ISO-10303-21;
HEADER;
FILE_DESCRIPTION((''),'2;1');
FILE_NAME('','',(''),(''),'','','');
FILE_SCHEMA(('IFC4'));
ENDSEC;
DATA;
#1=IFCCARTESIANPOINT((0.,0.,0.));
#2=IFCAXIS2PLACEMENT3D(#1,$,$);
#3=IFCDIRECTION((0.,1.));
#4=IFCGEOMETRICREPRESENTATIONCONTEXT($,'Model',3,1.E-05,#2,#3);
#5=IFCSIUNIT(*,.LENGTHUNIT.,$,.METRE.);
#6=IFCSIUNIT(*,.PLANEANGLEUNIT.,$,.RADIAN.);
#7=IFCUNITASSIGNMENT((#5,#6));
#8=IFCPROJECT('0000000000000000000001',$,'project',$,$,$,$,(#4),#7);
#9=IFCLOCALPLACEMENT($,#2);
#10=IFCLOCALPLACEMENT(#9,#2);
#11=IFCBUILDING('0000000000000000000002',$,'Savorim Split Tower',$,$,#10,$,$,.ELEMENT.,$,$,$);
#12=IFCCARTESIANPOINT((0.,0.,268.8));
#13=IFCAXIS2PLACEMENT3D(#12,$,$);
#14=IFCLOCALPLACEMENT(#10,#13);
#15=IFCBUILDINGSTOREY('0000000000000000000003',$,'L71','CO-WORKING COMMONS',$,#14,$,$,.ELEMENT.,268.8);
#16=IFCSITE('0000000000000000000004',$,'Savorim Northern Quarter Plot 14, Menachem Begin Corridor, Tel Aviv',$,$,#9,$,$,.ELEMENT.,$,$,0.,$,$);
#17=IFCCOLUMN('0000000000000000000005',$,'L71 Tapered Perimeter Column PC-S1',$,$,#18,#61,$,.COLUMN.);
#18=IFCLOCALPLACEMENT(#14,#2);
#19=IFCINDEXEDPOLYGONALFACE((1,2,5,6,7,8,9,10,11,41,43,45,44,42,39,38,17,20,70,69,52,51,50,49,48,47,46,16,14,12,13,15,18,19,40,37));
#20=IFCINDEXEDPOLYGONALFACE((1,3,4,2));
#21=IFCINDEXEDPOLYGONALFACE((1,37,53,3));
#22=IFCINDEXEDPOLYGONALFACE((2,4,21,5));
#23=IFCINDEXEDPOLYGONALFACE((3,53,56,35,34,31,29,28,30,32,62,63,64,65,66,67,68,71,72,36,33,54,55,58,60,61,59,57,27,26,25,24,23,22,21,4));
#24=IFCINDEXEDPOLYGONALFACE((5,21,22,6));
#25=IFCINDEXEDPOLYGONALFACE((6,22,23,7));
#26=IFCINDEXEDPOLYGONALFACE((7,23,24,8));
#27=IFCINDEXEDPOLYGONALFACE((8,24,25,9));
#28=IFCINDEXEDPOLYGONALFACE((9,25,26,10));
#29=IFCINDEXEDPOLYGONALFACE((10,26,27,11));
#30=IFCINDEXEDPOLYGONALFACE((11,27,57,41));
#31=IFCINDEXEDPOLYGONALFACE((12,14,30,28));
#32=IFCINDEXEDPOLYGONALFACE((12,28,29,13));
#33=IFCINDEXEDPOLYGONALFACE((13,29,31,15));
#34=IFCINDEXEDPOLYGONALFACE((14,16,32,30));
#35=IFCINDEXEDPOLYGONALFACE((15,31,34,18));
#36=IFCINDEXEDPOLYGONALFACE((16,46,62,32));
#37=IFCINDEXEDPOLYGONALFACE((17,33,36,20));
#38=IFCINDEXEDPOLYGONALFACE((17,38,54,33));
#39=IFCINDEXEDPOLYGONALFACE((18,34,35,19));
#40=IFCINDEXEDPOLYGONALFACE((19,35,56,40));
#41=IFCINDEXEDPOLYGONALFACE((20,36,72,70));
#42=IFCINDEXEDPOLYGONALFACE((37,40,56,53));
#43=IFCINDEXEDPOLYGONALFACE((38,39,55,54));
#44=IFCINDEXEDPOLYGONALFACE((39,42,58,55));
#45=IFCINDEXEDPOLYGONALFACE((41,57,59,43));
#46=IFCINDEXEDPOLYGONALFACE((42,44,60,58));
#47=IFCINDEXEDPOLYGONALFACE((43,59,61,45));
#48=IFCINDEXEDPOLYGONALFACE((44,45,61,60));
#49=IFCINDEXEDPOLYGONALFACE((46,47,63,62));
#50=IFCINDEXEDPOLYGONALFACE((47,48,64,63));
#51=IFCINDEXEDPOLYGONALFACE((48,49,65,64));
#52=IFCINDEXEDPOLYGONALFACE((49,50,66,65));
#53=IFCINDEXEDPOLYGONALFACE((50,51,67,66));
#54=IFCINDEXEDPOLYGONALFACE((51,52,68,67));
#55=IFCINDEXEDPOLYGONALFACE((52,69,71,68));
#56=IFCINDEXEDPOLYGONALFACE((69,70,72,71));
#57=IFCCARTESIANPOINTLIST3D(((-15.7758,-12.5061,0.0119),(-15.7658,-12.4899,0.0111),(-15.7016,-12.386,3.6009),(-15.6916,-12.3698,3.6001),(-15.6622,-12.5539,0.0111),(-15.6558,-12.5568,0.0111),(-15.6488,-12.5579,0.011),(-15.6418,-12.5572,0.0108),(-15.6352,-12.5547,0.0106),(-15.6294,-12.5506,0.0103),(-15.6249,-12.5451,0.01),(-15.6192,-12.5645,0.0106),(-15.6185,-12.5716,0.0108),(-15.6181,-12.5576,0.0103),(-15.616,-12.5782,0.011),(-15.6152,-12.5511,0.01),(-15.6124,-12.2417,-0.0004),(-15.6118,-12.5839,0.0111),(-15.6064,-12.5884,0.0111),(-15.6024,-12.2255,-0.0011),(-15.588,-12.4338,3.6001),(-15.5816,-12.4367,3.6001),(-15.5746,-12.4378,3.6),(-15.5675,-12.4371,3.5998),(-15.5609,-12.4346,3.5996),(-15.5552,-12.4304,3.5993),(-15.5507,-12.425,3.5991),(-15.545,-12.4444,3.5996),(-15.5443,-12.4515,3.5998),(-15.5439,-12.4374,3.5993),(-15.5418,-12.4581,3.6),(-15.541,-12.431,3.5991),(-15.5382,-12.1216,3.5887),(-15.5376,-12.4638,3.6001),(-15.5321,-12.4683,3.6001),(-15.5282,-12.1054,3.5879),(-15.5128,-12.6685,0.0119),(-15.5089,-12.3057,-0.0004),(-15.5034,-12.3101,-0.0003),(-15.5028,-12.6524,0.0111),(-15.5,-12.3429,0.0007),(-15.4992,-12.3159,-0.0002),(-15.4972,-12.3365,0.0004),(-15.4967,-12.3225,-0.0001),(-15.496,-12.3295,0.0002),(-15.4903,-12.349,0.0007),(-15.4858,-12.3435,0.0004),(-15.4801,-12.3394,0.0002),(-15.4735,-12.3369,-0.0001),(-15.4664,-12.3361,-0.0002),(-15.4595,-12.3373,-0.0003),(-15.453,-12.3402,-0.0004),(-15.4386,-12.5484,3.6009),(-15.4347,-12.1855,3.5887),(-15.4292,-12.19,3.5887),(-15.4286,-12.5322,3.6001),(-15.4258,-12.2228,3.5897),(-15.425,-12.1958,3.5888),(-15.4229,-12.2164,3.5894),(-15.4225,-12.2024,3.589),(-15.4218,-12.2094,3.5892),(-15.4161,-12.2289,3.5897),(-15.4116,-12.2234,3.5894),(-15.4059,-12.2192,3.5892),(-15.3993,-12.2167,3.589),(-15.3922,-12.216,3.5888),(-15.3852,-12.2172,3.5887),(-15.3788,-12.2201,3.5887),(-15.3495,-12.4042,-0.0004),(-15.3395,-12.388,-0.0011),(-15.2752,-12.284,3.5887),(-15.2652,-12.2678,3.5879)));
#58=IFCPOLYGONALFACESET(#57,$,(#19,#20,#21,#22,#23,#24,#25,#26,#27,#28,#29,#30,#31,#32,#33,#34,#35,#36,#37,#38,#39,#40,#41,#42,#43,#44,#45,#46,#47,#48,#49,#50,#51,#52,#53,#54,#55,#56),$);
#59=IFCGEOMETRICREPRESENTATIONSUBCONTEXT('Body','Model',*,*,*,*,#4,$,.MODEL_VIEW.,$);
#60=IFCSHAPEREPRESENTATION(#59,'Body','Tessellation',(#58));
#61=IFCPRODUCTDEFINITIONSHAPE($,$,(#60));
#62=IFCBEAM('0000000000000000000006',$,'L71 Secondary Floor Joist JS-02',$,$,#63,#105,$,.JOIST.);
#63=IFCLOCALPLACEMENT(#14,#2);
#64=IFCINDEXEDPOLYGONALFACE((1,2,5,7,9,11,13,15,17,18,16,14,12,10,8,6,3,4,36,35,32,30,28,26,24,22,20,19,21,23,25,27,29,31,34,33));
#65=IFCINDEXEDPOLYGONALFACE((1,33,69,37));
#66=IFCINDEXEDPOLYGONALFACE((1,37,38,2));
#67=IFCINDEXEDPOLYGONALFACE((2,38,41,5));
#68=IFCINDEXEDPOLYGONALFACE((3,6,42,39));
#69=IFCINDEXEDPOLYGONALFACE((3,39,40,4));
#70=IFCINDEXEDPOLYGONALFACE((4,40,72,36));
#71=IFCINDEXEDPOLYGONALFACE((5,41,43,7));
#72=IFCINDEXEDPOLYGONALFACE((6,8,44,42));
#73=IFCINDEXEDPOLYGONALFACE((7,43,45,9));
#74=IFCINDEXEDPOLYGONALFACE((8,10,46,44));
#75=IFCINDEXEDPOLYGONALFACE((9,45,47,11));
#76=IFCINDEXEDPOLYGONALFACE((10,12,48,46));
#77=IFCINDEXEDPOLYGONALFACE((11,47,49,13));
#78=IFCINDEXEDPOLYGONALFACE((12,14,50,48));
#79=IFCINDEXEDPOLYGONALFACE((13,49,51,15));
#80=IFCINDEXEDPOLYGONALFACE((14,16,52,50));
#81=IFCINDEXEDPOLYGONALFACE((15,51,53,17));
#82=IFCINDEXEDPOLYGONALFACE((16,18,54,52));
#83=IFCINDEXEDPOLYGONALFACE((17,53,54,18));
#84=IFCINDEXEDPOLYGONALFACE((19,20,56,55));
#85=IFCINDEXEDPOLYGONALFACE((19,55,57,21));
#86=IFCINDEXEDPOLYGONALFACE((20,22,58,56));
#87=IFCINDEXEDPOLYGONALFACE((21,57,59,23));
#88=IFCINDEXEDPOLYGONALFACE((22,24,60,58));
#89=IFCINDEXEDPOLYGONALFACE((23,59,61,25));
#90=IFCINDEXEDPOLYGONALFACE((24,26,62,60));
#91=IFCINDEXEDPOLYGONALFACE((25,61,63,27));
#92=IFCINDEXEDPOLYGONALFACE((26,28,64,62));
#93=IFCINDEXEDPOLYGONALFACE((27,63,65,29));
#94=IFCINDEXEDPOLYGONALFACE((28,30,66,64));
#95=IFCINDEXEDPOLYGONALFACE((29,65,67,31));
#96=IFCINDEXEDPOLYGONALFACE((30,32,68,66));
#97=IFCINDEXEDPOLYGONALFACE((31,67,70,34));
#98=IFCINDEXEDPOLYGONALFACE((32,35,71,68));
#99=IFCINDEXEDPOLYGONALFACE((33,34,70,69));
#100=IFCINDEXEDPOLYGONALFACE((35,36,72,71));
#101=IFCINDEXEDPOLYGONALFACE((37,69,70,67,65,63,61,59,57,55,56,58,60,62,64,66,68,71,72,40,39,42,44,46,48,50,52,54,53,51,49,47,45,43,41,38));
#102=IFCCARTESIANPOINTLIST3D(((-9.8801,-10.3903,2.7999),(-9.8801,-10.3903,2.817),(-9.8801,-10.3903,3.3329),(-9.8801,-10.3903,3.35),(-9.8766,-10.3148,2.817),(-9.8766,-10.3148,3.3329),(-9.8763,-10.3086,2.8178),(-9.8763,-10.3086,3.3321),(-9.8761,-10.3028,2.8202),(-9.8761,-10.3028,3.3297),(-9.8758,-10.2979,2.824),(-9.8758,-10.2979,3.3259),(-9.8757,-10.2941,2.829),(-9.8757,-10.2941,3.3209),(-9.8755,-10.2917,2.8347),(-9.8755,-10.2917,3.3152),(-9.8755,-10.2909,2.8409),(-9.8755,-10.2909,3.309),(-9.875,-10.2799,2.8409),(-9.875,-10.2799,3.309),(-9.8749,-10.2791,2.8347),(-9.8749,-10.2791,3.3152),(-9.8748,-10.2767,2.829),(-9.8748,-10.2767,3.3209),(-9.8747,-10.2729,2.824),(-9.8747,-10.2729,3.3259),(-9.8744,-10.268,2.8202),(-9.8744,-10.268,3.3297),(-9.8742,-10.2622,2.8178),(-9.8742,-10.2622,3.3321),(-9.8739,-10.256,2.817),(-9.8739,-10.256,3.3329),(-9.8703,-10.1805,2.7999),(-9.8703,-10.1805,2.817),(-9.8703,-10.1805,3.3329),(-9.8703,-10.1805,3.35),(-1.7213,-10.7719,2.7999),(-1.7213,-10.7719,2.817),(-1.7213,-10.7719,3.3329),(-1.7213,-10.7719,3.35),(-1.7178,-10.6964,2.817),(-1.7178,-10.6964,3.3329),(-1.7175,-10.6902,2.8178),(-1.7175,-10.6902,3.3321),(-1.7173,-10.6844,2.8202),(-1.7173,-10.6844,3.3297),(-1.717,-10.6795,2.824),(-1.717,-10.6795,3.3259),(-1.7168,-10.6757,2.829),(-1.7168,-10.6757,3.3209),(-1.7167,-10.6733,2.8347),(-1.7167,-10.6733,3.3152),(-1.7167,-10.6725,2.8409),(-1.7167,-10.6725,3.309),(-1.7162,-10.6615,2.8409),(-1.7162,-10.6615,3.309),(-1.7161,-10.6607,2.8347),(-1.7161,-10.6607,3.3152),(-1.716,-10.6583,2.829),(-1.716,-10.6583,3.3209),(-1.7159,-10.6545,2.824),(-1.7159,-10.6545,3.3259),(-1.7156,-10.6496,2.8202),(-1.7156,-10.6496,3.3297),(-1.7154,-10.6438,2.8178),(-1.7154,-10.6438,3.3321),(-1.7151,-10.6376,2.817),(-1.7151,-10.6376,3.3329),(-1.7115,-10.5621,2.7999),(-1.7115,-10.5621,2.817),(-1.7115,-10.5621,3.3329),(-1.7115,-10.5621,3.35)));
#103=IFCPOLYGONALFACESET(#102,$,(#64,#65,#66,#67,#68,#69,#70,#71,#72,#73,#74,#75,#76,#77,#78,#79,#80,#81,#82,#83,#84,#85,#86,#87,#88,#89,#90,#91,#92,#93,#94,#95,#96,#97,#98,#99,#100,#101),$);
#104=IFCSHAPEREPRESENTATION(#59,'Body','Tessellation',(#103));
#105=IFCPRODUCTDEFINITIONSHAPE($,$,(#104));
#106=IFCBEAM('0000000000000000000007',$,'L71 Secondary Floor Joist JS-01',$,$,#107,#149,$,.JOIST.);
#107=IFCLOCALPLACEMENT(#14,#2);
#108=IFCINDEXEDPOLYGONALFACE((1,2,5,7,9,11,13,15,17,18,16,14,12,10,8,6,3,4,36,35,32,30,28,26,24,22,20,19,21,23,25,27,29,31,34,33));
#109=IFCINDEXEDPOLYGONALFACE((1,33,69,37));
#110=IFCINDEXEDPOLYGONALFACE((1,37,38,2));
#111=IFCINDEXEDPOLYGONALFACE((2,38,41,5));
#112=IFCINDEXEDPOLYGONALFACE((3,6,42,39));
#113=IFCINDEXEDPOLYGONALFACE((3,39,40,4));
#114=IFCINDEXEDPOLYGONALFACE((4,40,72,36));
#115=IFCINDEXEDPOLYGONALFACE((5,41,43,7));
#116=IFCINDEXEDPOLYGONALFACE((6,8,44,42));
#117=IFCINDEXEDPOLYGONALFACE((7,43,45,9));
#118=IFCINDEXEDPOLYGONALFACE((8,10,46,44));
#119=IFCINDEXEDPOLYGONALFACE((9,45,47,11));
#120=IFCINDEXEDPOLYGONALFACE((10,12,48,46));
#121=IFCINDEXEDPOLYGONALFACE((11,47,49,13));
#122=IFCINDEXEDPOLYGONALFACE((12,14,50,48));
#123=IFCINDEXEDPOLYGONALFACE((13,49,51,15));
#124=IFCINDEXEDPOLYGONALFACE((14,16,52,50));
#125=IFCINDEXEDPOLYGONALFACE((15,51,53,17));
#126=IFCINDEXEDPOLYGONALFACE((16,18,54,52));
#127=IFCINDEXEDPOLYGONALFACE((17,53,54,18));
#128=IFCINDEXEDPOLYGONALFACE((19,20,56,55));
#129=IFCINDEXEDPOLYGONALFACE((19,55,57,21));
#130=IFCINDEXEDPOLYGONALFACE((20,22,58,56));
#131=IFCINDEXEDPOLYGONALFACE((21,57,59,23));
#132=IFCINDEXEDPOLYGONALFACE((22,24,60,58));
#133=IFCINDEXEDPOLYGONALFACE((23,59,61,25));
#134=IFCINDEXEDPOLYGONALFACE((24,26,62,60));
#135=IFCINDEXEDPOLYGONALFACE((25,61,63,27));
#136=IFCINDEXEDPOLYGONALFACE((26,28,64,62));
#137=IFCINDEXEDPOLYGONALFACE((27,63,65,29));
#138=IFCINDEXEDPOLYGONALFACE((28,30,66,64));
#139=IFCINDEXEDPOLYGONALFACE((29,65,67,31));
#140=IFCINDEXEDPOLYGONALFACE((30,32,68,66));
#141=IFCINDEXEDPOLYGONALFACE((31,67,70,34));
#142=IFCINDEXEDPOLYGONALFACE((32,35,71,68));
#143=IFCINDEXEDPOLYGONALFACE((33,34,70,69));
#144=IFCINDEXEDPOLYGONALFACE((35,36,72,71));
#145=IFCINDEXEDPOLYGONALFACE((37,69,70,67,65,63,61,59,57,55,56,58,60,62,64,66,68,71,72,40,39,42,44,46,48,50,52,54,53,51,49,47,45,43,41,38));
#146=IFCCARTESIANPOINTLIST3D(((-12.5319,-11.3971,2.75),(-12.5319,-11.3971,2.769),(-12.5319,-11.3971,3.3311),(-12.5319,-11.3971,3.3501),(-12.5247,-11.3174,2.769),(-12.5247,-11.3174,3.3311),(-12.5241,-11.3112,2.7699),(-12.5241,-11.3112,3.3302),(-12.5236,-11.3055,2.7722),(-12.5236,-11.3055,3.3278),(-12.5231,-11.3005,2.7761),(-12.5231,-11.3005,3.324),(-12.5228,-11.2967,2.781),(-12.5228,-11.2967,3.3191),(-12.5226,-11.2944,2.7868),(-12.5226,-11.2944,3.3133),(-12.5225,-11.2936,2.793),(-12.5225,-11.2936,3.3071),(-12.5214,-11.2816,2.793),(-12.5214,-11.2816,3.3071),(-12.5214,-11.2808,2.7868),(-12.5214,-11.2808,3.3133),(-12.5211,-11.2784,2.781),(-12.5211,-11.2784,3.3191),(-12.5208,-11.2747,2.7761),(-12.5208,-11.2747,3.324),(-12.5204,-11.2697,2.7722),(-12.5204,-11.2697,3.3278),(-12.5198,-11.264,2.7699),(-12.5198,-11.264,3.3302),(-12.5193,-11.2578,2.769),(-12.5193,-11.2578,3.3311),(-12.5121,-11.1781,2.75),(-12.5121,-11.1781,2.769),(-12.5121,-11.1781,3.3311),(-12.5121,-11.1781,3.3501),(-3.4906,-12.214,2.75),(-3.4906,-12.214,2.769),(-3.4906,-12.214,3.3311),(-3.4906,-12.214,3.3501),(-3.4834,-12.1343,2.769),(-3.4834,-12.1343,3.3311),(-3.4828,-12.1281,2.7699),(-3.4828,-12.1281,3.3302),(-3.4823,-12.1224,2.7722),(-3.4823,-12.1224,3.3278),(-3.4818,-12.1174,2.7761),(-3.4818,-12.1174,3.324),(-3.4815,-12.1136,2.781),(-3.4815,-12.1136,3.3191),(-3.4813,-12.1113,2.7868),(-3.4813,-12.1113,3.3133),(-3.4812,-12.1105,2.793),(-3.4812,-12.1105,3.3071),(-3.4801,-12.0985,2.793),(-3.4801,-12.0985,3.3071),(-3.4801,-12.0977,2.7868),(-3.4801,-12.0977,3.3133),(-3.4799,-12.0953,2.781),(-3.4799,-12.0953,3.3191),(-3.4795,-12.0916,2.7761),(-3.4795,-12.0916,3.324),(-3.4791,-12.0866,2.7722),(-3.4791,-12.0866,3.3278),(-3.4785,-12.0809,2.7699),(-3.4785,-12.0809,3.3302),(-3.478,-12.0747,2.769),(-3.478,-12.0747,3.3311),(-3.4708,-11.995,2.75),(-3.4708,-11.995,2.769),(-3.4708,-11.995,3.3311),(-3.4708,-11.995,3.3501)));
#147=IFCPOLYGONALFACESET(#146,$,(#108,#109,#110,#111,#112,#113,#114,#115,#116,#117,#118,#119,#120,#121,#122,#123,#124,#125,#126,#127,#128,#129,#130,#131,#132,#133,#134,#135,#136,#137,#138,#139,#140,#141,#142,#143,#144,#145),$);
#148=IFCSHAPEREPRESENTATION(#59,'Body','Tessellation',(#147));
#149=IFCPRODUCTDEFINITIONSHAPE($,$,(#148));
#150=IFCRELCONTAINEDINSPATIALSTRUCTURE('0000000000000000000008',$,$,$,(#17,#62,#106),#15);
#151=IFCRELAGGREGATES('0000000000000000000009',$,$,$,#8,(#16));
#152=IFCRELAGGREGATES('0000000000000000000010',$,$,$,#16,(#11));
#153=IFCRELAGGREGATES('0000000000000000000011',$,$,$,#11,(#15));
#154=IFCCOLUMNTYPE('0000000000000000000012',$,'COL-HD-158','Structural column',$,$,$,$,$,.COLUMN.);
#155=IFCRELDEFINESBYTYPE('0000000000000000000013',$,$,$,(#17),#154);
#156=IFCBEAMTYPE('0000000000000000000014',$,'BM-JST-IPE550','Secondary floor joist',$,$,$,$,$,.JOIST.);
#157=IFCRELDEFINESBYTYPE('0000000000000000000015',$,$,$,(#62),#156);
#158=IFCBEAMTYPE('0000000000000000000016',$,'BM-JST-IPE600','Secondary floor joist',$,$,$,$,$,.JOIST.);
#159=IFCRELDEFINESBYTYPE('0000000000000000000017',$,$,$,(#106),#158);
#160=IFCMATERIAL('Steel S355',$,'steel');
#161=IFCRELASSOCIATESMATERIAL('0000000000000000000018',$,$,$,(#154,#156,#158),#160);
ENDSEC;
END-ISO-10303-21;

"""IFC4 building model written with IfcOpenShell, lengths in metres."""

from ifc_helpers import new_model, si_unit, direction, frame, origin, origin_2d, place, context, subcontext, project, spatial, i_section, extrude, material, material_profile, profile_set, type_object, element, save


model = new_model("IFC4")

# Units and contexts
model_context = context("Model", 3, precision=1e-05, world=origin(), true_north=direction((0.0, 1.0)))
body_context = subcontext(model_context, "Body", "Model", "MODEL_VIEW")
ifc_project = project(units=[si_unit("LENGTHUNIT", "METRE"), si_unit("PLANEANGLEUNIT", "RADIAN")], contexts=[model_context])

# Site, building, storey
site_placement = place(None, origin())
site = spatial("IfcSite", under=ifc_project, at=site_placement, Name="Savorim Northern Quarter Plot 14, Menachem Begin Corridor, Tel Aviv", CompositionType="ELEMENT", RefElevation=0.0)
building_placement = place(site_placement, origin())
building = spatial("IfcBuilding", under=site, at=building_placement, Name="Savorim Split Tower", CompositionType="ELEMENT")
storey_placement = place(building_placement, frame((0.0, 0.0, 268.8)))
storey = spatial("IfcBuildingStorey", under=building, at=storey_placement, Name="L71", Description="CO-WORKING COMMONS", CompositionType="ELEMENT", Elevation=268.8)

# Column
ifc_material_1 = material(Name="Steel S355", Category="steel")
ifc_material_profile_1 = material_profile(ifc_material_1, i_section(OverallWidth=0.3091, OverallDepth=0.3301, WebThickness=0.0115, FlangeThickness=0.019, FilletRadius=0.0271, at=origin_2d()), Name="HD 320x158")
ifc_profile_set_1 = profile_set([ifc_material_profile_1], Name="Steel S355")
column_type = type_object("IfcColumnType", Name="COL-HD-158", Description="Structural column", PredefinedType="COLUMN", material=ifc_profile_set_1)
column_placement = place(storey_placement, frame((-15.5576, -12.447, 0.0054), z_axis=(0.020663, 0.033441, 0.999227), x_axis=(-0.850707, 0.52564, 0.0)))
element("IfcColumn", 1, at=column_placement, inside=storey, type_object=column_type, Name="L71 Tapered Perimeter Column PC-S1", PredefinedType="COLUMN", context=body_context, shape_type="SweptSolid", body=[
    extrude(i_section(OverallWidth=0.3091, OverallDepth=0.3301, WebThickness=0.0115, FlangeThickness=0.019, FilletRadius=0.0271, at=origin_2d()), origin(), (0.0, 0.0, 1.0), 3.5918),
])

# Beams
ifc_material_profile_2 = material_profile(ifc_material_1, i_section(OverallWidth=0.21, OverallDepth=0.55, WebThickness=0.011, FlangeThickness=0.0171, FilletRadius=0.0239, at=origin_2d()), Name="IPE 550")
ifc_profile_set_2 = profile_set([ifc_material_profile_2], Name="Steel S355")
beam_type_1 = type_object("IfcBeamType", Name="BM-JST-IPE550", Description="Secondary floor joist", PredefinedType="JOIST", material=ifc_profile_set_2)
beam_1_placement = place(storey_placement, frame((-9.8752, -10.2854, 3.075), z_axis=(0.998908, -0.04672, 0.0), x_axis=(0.04672, 0.998908, 0.0)))
element("IfcBeam", 2, at=beam_1_placement, inside=storey, type_object=beam_type_1, Name="L71 Secondary Floor Joist JS-02", PredefinedType="JOIST", context=body_context, shape_type="SweptSolid", body=[
    extrude(i_section(OverallWidth=0.21, OverallDepth=0.55, WebThickness=0.011, FlangeThickness=0.0171, FilletRadius=0.0239, at=origin_2d()), origin(), (0.0, 0.0, 1.0), 8.1677),
])
ifc_material_profile_3 = material_profile(ifc_material_1, i_section(OverallWidth=0.22, OverallDepth=0.6001, WebThickness=0.012, FlangeThickness=0.019, FilletRadius=0.0239, at=origin_2d()), Name="IPE 600")
ifc_profile_set_3 = profile_set([ifc_material_profile_3], Name="Steel S355")
beam_type_2 = type_object("IfcBeamType", Name="BM-JST-IPE600", Description="Secondary floor joist", PredefinedType="JOIST", material=ifc_profile_set_3)
beam_2_placement = place(storey_placement, frame((-12.522, -11.2876, 3.05), z_axis=(0.995943, -0.089985, 0.0), x_axis=(0.089985, 0.995943, 0.0)))
element("IfcBeam", 3, at=beam_2_placement, inside=storey, type_object=beam_type_2, Name="L71 Secondary Floor Joist JS-01", PredefinedType="JOIST", context=body_context, shape_type="SweptSolid", body=[
    extrude(i_section(OverallWidth=0.22, OverallDepth=0.6001, WebThickness=0.012, FlangeThickness=0.019, FilletRadius=0.0239, at=origin_2d()), origin(), (0.0, 0.0, 1.0), 9.0781),
])

save(model, "model.ifc")
